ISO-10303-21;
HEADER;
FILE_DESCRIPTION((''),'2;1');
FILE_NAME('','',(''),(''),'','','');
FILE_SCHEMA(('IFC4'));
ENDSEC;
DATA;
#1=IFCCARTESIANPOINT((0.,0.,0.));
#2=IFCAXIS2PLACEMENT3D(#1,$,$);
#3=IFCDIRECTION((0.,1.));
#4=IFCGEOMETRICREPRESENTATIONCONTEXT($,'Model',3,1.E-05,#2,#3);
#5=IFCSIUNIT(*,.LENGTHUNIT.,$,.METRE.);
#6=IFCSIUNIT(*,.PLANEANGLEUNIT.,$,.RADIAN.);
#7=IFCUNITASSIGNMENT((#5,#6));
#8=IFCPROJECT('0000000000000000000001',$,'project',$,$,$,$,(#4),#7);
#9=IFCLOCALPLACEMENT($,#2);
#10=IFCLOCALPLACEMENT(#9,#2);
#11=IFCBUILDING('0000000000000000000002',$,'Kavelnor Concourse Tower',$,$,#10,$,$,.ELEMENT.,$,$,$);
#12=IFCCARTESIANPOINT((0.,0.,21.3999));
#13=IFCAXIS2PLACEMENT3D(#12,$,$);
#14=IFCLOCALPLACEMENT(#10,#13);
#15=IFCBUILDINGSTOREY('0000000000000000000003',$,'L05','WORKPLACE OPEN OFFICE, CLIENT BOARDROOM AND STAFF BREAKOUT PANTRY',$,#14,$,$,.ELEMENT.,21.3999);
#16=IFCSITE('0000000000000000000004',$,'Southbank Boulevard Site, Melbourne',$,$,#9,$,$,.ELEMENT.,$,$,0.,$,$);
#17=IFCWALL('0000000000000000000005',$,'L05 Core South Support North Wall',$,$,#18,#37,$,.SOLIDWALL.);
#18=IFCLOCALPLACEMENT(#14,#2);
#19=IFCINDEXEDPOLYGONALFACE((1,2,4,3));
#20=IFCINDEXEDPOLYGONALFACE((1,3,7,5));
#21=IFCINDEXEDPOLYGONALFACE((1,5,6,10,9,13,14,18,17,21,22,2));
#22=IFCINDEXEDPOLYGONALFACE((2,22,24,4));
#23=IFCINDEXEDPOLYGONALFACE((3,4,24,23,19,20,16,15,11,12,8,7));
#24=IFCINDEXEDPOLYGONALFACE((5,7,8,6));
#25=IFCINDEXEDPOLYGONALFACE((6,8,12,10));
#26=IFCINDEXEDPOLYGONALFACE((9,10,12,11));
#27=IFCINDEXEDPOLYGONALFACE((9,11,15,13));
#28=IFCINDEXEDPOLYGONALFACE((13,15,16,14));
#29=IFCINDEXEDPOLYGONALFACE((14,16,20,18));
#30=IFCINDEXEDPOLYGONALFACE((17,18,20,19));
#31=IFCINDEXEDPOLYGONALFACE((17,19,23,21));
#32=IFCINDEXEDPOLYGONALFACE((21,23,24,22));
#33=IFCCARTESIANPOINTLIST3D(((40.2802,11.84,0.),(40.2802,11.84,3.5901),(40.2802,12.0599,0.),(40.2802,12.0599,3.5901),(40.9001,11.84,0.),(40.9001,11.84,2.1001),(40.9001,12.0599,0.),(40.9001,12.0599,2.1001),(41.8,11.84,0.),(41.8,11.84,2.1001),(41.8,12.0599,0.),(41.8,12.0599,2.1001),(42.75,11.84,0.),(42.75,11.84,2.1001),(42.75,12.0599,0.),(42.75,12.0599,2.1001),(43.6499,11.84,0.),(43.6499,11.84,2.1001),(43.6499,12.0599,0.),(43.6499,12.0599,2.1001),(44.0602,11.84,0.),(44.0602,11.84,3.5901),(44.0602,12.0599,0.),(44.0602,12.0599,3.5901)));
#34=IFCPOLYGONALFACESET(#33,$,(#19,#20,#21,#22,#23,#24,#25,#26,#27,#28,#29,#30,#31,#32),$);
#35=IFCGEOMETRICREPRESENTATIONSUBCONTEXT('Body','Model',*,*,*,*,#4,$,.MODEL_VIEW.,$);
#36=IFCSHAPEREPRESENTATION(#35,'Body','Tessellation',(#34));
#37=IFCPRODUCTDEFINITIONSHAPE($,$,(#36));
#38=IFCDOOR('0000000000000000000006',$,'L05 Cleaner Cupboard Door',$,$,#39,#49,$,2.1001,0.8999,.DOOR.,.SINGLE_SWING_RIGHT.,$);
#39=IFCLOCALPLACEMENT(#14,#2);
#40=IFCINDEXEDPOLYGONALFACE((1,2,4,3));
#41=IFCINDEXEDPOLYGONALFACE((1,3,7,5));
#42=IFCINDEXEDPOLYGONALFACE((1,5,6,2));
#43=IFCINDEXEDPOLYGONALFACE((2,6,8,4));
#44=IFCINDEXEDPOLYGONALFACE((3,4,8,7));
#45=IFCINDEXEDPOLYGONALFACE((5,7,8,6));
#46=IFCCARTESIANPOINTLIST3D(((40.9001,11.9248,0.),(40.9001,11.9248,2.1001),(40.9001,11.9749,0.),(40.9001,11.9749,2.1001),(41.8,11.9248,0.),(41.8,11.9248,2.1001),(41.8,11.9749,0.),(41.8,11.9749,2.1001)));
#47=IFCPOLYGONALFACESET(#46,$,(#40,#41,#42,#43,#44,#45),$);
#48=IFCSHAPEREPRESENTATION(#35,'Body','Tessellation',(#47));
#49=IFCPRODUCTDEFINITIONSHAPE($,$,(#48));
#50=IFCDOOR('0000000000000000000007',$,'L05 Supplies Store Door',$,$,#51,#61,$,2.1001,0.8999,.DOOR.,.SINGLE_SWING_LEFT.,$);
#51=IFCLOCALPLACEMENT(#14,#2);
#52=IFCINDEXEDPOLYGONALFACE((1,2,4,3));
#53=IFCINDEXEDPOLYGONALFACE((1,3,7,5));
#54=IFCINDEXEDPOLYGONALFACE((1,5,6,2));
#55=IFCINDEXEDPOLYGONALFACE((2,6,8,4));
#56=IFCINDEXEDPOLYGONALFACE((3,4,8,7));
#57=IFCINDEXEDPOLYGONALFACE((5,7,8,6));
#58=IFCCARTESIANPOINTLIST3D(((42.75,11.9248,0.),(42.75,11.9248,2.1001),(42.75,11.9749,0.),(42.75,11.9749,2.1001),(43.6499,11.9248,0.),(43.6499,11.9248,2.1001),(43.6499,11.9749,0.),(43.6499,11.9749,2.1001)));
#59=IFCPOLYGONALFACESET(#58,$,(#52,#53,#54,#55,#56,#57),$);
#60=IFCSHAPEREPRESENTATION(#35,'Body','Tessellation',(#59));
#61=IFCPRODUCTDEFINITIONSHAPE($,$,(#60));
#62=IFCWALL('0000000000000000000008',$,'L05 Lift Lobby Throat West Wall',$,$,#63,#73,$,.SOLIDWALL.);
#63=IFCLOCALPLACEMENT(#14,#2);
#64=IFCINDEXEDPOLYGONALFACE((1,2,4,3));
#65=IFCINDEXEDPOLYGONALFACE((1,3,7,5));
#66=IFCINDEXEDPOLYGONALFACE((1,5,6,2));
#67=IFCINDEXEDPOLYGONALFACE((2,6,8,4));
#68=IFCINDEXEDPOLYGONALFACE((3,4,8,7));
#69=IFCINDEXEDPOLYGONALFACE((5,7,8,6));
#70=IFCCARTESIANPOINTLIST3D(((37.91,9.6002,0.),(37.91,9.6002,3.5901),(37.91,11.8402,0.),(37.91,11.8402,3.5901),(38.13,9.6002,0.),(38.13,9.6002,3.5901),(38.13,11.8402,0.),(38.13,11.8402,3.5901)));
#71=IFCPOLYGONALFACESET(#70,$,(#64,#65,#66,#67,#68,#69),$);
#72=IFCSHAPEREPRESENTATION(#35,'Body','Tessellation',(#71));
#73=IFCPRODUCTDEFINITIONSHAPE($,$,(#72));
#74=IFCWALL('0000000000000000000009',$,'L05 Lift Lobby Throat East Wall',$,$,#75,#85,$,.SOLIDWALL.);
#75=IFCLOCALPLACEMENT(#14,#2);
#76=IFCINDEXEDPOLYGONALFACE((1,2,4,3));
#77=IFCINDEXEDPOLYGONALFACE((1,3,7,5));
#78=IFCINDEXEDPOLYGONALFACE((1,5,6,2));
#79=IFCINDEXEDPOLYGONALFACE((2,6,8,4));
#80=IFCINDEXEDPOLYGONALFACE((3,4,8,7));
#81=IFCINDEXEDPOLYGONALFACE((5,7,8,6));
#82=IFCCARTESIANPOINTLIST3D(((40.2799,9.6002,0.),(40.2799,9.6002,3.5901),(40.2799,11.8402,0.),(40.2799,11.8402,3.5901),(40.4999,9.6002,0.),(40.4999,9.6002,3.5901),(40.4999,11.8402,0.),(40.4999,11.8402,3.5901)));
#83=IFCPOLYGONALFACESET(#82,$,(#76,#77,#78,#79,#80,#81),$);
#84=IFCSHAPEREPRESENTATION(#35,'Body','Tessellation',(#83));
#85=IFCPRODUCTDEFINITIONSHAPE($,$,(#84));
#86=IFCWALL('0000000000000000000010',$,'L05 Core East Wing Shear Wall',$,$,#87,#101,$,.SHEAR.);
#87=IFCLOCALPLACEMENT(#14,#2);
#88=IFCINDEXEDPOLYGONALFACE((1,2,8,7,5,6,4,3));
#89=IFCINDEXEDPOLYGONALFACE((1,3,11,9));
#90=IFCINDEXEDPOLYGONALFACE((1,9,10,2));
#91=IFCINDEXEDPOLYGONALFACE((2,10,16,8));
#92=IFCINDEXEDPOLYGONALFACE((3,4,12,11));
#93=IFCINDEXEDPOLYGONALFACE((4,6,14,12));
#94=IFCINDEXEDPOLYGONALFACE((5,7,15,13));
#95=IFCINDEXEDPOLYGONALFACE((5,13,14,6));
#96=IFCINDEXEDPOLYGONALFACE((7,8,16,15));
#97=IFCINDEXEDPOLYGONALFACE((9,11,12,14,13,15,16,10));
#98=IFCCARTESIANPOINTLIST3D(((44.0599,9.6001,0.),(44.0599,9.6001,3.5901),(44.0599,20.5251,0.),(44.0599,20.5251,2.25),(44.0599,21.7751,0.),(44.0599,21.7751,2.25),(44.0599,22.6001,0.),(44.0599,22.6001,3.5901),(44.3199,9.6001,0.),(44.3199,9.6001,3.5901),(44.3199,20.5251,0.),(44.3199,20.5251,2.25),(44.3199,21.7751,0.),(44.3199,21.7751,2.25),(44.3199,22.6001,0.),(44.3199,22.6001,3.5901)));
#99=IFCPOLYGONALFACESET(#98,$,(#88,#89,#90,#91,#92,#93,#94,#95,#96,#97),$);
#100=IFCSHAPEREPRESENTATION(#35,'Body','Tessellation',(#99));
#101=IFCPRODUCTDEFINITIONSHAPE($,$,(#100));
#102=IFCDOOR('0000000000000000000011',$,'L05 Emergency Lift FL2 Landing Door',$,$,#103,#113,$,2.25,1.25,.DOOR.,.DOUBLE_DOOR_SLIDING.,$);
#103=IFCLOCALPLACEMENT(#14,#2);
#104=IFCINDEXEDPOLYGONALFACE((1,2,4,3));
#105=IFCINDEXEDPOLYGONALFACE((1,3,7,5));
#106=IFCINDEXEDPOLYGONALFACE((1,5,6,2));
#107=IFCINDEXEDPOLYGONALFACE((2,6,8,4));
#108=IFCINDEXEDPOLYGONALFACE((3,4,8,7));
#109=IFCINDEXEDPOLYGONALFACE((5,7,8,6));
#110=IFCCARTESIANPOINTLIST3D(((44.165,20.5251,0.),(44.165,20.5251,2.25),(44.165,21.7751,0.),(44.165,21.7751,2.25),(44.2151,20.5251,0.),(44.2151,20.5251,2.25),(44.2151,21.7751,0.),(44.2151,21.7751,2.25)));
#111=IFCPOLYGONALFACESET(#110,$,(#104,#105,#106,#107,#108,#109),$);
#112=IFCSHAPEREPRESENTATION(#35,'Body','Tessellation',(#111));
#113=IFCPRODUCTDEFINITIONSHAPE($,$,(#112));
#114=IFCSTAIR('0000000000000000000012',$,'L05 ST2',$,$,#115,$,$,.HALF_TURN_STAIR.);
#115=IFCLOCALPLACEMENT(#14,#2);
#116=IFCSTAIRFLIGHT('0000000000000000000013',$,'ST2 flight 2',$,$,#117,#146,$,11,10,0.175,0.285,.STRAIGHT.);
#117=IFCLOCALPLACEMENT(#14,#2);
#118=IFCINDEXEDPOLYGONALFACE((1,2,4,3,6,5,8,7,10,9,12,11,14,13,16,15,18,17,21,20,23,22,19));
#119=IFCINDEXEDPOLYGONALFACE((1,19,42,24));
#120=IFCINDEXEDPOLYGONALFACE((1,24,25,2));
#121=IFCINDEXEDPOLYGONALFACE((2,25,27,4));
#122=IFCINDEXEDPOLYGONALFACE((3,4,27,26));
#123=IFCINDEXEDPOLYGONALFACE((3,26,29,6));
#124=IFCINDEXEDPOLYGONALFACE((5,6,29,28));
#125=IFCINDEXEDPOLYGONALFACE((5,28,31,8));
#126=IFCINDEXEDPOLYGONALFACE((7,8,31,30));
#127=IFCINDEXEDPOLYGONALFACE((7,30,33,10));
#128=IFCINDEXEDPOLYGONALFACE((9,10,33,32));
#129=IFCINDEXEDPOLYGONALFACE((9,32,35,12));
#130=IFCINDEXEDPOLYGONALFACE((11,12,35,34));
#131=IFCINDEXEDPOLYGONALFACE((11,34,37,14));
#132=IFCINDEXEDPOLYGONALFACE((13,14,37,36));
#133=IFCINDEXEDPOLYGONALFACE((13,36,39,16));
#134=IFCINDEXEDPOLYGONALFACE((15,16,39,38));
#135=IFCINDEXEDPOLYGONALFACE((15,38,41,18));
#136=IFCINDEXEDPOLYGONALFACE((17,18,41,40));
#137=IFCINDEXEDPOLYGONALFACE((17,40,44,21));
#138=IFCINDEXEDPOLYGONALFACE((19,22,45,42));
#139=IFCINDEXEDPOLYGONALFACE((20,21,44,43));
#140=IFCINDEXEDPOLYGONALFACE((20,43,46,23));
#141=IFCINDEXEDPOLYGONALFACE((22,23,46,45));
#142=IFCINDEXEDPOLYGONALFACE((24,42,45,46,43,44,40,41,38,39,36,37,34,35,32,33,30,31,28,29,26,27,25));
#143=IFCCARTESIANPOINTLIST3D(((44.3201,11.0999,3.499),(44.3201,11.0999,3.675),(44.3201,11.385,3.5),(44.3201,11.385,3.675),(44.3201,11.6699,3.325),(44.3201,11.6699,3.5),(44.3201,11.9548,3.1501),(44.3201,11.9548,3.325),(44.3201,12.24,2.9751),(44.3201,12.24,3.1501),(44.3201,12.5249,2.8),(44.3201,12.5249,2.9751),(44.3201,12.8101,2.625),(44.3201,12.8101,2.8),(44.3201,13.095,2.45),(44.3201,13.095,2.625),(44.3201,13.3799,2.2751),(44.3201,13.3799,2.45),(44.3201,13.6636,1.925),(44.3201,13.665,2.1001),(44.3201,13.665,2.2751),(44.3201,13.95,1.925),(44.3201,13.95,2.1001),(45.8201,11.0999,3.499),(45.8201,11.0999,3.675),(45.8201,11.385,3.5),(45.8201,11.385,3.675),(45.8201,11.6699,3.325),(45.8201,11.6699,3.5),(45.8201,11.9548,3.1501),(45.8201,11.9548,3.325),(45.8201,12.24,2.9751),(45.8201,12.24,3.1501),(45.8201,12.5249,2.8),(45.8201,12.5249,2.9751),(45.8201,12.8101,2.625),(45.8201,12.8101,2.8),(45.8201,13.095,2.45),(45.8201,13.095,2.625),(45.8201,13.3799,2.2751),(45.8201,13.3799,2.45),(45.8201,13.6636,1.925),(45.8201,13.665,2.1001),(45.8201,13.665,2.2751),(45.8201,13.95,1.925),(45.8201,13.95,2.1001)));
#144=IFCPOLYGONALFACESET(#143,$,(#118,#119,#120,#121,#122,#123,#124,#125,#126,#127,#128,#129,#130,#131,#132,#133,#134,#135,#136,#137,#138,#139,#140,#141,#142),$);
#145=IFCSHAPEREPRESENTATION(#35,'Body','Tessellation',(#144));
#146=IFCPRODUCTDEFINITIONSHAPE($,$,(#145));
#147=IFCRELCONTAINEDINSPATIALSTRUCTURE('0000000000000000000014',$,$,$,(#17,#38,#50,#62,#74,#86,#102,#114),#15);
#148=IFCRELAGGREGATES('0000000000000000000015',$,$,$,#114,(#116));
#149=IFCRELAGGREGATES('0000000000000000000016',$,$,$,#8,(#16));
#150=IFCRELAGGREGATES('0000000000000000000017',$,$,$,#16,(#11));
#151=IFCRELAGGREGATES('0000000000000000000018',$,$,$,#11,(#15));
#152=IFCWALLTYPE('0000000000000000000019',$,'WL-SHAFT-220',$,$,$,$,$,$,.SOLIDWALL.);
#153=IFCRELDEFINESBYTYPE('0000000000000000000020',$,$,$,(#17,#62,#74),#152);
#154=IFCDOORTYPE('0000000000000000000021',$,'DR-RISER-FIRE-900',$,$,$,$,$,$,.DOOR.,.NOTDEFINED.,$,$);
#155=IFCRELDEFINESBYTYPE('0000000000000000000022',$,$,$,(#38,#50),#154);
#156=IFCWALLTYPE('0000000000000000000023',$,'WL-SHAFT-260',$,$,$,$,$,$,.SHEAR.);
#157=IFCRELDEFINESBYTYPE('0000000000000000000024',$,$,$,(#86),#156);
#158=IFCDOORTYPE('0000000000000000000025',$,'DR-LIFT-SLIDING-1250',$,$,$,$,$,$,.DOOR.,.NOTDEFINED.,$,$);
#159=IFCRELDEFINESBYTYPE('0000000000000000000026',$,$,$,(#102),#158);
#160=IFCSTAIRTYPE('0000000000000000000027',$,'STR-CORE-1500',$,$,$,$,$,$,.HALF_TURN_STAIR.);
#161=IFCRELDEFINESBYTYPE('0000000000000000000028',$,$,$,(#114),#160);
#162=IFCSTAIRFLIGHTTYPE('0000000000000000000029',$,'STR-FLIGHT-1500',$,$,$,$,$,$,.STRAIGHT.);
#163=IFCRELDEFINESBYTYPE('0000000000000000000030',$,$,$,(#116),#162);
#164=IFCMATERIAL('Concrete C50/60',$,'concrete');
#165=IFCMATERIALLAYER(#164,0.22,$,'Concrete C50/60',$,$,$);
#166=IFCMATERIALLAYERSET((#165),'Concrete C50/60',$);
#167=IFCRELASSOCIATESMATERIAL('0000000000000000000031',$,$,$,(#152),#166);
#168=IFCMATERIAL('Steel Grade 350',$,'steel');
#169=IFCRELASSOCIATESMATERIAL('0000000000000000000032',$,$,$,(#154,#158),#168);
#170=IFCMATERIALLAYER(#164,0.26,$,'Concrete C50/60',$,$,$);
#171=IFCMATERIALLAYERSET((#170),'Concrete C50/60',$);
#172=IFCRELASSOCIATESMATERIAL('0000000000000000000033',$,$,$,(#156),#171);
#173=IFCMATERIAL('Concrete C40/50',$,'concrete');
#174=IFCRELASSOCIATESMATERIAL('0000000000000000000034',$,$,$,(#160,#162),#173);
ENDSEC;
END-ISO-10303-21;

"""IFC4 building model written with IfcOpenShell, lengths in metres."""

from ifc_helpers import new_model, si_unit, direction, frame, frame_2d, origin, place, context, subcontext, project, spatial, polyline, rectangle, outline, extrude, material, layer, layer_set, type_object, element, fill, aggregate, save


model = new_model("IFC4")

# Units and contexts
model_context = context("Model", 3, precision=1e-05, world=origin(), true_north=direction((0.0, 1.0)))
body_context = subcontext(model_context, "Body", "Model", "MODEL_VIEW")
ifc_project = project(units=[si_unit("LENGTHUNIT", "METRE"), si_unit("PLANEANGLEUNIT", "RADIAN")], contexts=[model_context])

# Site, building, storey
site_placement = place(None, origin())
site = spatial("IfcSite", under=ifc_project, at=site_placement, Name="Southbank Boulevard Site, Melbourne", CompositionType="ELEMENT", RefElevation=0.0)
building_placement = place(site_placement, origin())
building = spatial("IfcBuilding", under=site, at=building_placement, Name="Kavelnor Concourse Tower", CompositionType="ELEMENT")
storey_placement = place(building_placement, frame((0.0, 0.0, 21.3999)))
storey = spatial("IfcBuildingStorey", under=building, at=storey_placement, Name="L05", Description="WORKPLACE OPEN OFFICE, CLIENT BOARDROOM AND STAFF BREAKOUT PANTRY", CompositionType="ELEMENT", Elevation=21.3999)

# Shared definitions
ifc_material_1 = material(Name="Steel Grade 350", Category="steel")

# Shared definitions
ifc_material_2 = material(Name="Concrete C50/60", Category="concrete")
ifc_layer_1 = layer(ifc_material_2, 0.22, Name="Concrete C50/60")
ifc_layer_set_1 = layer_set([ifc_layer_1], Name="Concrete C50/60")
wall_type_1 = type_object("IfcWallType", Name="WL-SHAFT-220", PredefinedType="SOLIDWALL", material=ifc_layer_set_1)

# Wall, openings, doors
wall_1_placement = place(storey_placement, frame((40.28, 11.95, 0.0), z_axis=(0.0, 0.0, 1.0), x_axis=(1.0, 0.0, 0.0)))
wall_1 = element("IfcWall", 1, at=wall_1_placement, inside=storey, type_object=wall_type_1, Name="L05 Core South Support North Wall", PredefinedType="SOLIDWALL", context=body_context, shape_type="SweptSolid", body=[
    extrude(rectangle(XDim=3.78, YDim=0.22, at=frame_2d((1.8901, 0.0))), origin(), (0.0, 0.0, 1.0), 3.5901),
])
opening_1_placement = place(wall_1_placement, frame((0.6201, 0.0, 0.0)))
opening_1 = element("IfcOpeningElement", 2, at=opening_1_placement, cuts=wall_1, PredefinedType="OPENING", context=body_context, shape_type="SweptSolid", body=[
    extrude(rectangle(XDim=0.8999, YDim=2.1001, at=frame_2d((0.45, 1.05))), frame((0.0, 0.1201, 0.0), z_axis=(0.0, -1.0, 0.0), x_axis=(1.0, 0.0, 0.0)), (0.0, 0.0, 1.0), 0.24),
])
opening_2_placement = place(wall_1_placement, frame((2.47, 0.0, 0.0)))
opening_2 = element("IfcOpeningElement", 3, at=opening_2_placement, cuts=wall_1, PredefinedType="OPENING", context=body_context, shape_type="SweptSolid", body=[
    extrude(rectangle(XDim=0.8999, YDim=2.1001, at=frame_2d((0.45, 1.05))), frame((0.0, 0.1201, 0.0), z_axis=(0.0, -1.0, 0.0), x_axis=(1.0, 0.0, 0.0)), (0.0, 0.0, 1.0), 0.24),
])
door_type_1 = type_object("IfcDoorType", Name="DR-RISER-FIRE-900", OperationType="NOTDEFINED", PredefinedType="DOOR", material=ifc_material_1)
door_1_placement = place(opening_1_placement, origin())
door_1 = element("IfcDoor", 4, at=door_1_placement, inside=storey, type_object=door_type_1, Name="L05 Cleaner Cupboard Door", OperationType="SINGLE_SWING_RIGHT", OverallHeight=2.1001, OverallWidth=0.8999, PredefinedType="DOOR", context=body_context, shape_type="SweptSolid", body=[
    extrude(rectangle(XDim=0.8999, YDim=2.1001, at=frame_2d((0.45, 1.05))), frame((0.0, 0.0249, 0.0), z_axis=(0.0, -1.0, 0.0), x_axis=(1.0, 0.0, 0.0)), (0.0, 0.0, 1.0), 0.05),
])
fill(opening_1, door_1)
door_2_placement = place(opening_2_placement, origin())
door_2 = element("IfcDoor", 5, at=door_2_placement, inside=storey, type_object=door_type_1, Name="L05 Supplies Store Door", OperationType="SINGLE_SWING_LEFT", OverallHeight=2.1001, OverallWidth=0.8999, PredefinedType="DOOR", context=body_context, shape_type="SweptSolid", body=[
    extrude(rectangle(XDim=0.8999, YDim=2.1001, at=frame_2d((0.45, 1.05))), frame((0.0, 0.0249, 0.0), z_axis=(0.0, -1.0, 0.0), x_axis=(1.0, 0.0, 0.0)), (0.0, 0.0, 1.0), 0.05),
])
fill(opening_2, door_2)

# Walls
for number, where, z_axis, x_axis, name in (
    (6, (38.02, 9.6001, 0.0), (0.0, 0.0, 1.0), (0.0, 1.0, 0.0), "L05 Lift Lobby Throat West Wall"),
    (7, (40.3899, 9.6001, 0.0), (0.0, 0.0, 1.0), (0.0, 1.0, 0.0), "L05 Lift Lobby Throat East Wall"),
):
    element("IfcWall", number, at=place(storey_placement, frame(where, z_axis=z_axis, x_axis=x_axis)), inside=storey, type_object=wall_type_1, Name=name, PredefinedType="SOLIDWALL", context=body_context, shape_type="SweptSolid", body=[
        extrude(rectangle(XDim=2.24, YDim=0.22, at=frame_2d((1.1201, 0.0))), origin(), (0.0, 0.0, 1.0), 3.5901),
    ])

# Wall, opening, door
ifc_layer_2 = layer(ifc_material_2, 0.26, Name="Concrete C50/60")
ifc_layer_set_2 = layer_set([ifc_layer_2], Name="Concrete C50/60")
wall_type_2 = type_object("IfcWallType", Name="WL-SHAFT-260", PredefinedType="SHEAR", material=ifc_layer_set_2)
wall_2_placement = place(storey_placement, frame((44.1899, 9.6001, 0.0), z_axis=(0.0, 0.0, 1.0), x_axis=(0.0, 1.0, 0.0)))
wall_2 = element("IfcWall", 8, at=wall_2_placement, inside=storey, type_object=wall_type_2, Name="L05 Core East Wing Shear Wall", PredefinedType="SHEAR", context=body_context, shape_type="SweptSolid", body=[
    extrude(rectangle(XDim=13.0, YDim=0.26, at=frame_2d((6.5, 0.0))), origin(), (0.0, 0.0, 1.0), 3.5901),
])
opening_3_placement = place(wall_2_placement, frame((10.925, 0.0, 0.0)))
opening_3 = element("IfcOpeningElement", 9, at=opening_3_placement, cuts=wall_2, PredefinedType="OPENING", context=body_context, shape_type="SweptSolid", body=[
    extrude(rectangle(XDim=1.25, YDim=2.25, at=frame_2d((0.625, 1.125))), frame((0.0, 0.1401, 0.0), z_axis=(0.0, -1.0, 0.0), x_axis=(1.0, 0.0, 0.0)), (0.0, 0.0, 1.0), 0.28),
])
door_type_2 = type_object("IfcDoorType", Name="DR-LIFT-SLIDING-1250", OperationType="NOTDEFINED", PredefinedType="DOOR", material=ifc_material_1)
door_3_placement = place(opening_3_placement, origin())
door_3 = element("IfcDoor", 10, at=door_3_placement, inside=storey, type_object=door_type_2, Name="L05 Emergency Lift FL2 Landing Door", OperationType="DOUBLE_DOOR_SLIDING", OverallHeight=2.25, OverallWidth=1.25, PredefinedType="DOOR", context=body_context, shape_type="SweptSolid", body=[
    extrude(rectangle(XDim=1.25, YDim=2.25, at=frame_2d((0.625, 1.125))), frame((0.0, 0.0249, 0.0), z_axis=(0.0, -1.0, 0.0), x_axis=(1.0, 0.0, 0.0)), (0.0, 0.0, 1.0), 0.05),
])
fill(opening_3, door_3)

# Stair, stair flight
ifc_material_3 = material(Name="Concrete C40/50", Category="concrete")
stair_type = type_object("IfcStairType", Name="STR-CORE-1500", PredefinedType="HALF_TURN_STAIR", material=ifc_material_3)
stair_placement = place(storey_placement, origin())
stair = element("IfcStair", 11, at=stair_placement, inside=storey, type_object=stair_type, Name="L05 ST2", PredefinedType="HALF_TURN_STAIR")
stair_flight_type = type_object("IfcStairFlightType", Name="STR-FLIGHT-1500", PredefinedType="STRAIGHT", material=ifc_material_3)
stair_flight_placement = place(storey_placement, frame((45.0701, 13.95, 1.925), z_axis=(0.0, 0.0, 1.0), x_axis=(0.0, -1.0, 0.0)))
stair_flight = element("IfcStairFlight", 12, at=stair_flight_placement, type_object=stair_flight_type, Name="ST2 flight 2", NumberOfRisers=11, NumberOfTreads=10, PredefinedType="STRAIGHT", RiserHeight=0.175, TreadLength=0.285, context=body_context, shape_type="SweptSolid", body=[
    extrude(outline(polyline([(0.0, 0.0), (0.0, 0.175), (0.2849, 0.175), (0.2849, 0.3501), (0.5701, 0.3501), (0.5701, 0.5249), (0.855, 0.5249), (0.855, 0.7), (1.1399, 0.7), (1.1399, 0.875), (1.425, 0.875), (1.425, 1.05), (1.71, 1.05), (1.71, 1.2251), (1.9951, 1.2251), (1.9951, 1.3999), (2.28, 1.3999), (2.28, 1.575), (2.5649, 1.575), (2.5649, 1.75), (2.8501, 1.75), (2.8501, 1.925), (2.8501, 1.574), (0.2864, 0.0), (0.0, 0.0)])), frame((0.0, 0.75, 0.0), z_axis=(0.0, -1.0, 0.0), x_axis=(1.0, 0.0, 0.0)), (0.0, 0.0, 1.0), 1.5),
])
aggregate(stair, [stair_flight])

save(model, "model.ifc")
